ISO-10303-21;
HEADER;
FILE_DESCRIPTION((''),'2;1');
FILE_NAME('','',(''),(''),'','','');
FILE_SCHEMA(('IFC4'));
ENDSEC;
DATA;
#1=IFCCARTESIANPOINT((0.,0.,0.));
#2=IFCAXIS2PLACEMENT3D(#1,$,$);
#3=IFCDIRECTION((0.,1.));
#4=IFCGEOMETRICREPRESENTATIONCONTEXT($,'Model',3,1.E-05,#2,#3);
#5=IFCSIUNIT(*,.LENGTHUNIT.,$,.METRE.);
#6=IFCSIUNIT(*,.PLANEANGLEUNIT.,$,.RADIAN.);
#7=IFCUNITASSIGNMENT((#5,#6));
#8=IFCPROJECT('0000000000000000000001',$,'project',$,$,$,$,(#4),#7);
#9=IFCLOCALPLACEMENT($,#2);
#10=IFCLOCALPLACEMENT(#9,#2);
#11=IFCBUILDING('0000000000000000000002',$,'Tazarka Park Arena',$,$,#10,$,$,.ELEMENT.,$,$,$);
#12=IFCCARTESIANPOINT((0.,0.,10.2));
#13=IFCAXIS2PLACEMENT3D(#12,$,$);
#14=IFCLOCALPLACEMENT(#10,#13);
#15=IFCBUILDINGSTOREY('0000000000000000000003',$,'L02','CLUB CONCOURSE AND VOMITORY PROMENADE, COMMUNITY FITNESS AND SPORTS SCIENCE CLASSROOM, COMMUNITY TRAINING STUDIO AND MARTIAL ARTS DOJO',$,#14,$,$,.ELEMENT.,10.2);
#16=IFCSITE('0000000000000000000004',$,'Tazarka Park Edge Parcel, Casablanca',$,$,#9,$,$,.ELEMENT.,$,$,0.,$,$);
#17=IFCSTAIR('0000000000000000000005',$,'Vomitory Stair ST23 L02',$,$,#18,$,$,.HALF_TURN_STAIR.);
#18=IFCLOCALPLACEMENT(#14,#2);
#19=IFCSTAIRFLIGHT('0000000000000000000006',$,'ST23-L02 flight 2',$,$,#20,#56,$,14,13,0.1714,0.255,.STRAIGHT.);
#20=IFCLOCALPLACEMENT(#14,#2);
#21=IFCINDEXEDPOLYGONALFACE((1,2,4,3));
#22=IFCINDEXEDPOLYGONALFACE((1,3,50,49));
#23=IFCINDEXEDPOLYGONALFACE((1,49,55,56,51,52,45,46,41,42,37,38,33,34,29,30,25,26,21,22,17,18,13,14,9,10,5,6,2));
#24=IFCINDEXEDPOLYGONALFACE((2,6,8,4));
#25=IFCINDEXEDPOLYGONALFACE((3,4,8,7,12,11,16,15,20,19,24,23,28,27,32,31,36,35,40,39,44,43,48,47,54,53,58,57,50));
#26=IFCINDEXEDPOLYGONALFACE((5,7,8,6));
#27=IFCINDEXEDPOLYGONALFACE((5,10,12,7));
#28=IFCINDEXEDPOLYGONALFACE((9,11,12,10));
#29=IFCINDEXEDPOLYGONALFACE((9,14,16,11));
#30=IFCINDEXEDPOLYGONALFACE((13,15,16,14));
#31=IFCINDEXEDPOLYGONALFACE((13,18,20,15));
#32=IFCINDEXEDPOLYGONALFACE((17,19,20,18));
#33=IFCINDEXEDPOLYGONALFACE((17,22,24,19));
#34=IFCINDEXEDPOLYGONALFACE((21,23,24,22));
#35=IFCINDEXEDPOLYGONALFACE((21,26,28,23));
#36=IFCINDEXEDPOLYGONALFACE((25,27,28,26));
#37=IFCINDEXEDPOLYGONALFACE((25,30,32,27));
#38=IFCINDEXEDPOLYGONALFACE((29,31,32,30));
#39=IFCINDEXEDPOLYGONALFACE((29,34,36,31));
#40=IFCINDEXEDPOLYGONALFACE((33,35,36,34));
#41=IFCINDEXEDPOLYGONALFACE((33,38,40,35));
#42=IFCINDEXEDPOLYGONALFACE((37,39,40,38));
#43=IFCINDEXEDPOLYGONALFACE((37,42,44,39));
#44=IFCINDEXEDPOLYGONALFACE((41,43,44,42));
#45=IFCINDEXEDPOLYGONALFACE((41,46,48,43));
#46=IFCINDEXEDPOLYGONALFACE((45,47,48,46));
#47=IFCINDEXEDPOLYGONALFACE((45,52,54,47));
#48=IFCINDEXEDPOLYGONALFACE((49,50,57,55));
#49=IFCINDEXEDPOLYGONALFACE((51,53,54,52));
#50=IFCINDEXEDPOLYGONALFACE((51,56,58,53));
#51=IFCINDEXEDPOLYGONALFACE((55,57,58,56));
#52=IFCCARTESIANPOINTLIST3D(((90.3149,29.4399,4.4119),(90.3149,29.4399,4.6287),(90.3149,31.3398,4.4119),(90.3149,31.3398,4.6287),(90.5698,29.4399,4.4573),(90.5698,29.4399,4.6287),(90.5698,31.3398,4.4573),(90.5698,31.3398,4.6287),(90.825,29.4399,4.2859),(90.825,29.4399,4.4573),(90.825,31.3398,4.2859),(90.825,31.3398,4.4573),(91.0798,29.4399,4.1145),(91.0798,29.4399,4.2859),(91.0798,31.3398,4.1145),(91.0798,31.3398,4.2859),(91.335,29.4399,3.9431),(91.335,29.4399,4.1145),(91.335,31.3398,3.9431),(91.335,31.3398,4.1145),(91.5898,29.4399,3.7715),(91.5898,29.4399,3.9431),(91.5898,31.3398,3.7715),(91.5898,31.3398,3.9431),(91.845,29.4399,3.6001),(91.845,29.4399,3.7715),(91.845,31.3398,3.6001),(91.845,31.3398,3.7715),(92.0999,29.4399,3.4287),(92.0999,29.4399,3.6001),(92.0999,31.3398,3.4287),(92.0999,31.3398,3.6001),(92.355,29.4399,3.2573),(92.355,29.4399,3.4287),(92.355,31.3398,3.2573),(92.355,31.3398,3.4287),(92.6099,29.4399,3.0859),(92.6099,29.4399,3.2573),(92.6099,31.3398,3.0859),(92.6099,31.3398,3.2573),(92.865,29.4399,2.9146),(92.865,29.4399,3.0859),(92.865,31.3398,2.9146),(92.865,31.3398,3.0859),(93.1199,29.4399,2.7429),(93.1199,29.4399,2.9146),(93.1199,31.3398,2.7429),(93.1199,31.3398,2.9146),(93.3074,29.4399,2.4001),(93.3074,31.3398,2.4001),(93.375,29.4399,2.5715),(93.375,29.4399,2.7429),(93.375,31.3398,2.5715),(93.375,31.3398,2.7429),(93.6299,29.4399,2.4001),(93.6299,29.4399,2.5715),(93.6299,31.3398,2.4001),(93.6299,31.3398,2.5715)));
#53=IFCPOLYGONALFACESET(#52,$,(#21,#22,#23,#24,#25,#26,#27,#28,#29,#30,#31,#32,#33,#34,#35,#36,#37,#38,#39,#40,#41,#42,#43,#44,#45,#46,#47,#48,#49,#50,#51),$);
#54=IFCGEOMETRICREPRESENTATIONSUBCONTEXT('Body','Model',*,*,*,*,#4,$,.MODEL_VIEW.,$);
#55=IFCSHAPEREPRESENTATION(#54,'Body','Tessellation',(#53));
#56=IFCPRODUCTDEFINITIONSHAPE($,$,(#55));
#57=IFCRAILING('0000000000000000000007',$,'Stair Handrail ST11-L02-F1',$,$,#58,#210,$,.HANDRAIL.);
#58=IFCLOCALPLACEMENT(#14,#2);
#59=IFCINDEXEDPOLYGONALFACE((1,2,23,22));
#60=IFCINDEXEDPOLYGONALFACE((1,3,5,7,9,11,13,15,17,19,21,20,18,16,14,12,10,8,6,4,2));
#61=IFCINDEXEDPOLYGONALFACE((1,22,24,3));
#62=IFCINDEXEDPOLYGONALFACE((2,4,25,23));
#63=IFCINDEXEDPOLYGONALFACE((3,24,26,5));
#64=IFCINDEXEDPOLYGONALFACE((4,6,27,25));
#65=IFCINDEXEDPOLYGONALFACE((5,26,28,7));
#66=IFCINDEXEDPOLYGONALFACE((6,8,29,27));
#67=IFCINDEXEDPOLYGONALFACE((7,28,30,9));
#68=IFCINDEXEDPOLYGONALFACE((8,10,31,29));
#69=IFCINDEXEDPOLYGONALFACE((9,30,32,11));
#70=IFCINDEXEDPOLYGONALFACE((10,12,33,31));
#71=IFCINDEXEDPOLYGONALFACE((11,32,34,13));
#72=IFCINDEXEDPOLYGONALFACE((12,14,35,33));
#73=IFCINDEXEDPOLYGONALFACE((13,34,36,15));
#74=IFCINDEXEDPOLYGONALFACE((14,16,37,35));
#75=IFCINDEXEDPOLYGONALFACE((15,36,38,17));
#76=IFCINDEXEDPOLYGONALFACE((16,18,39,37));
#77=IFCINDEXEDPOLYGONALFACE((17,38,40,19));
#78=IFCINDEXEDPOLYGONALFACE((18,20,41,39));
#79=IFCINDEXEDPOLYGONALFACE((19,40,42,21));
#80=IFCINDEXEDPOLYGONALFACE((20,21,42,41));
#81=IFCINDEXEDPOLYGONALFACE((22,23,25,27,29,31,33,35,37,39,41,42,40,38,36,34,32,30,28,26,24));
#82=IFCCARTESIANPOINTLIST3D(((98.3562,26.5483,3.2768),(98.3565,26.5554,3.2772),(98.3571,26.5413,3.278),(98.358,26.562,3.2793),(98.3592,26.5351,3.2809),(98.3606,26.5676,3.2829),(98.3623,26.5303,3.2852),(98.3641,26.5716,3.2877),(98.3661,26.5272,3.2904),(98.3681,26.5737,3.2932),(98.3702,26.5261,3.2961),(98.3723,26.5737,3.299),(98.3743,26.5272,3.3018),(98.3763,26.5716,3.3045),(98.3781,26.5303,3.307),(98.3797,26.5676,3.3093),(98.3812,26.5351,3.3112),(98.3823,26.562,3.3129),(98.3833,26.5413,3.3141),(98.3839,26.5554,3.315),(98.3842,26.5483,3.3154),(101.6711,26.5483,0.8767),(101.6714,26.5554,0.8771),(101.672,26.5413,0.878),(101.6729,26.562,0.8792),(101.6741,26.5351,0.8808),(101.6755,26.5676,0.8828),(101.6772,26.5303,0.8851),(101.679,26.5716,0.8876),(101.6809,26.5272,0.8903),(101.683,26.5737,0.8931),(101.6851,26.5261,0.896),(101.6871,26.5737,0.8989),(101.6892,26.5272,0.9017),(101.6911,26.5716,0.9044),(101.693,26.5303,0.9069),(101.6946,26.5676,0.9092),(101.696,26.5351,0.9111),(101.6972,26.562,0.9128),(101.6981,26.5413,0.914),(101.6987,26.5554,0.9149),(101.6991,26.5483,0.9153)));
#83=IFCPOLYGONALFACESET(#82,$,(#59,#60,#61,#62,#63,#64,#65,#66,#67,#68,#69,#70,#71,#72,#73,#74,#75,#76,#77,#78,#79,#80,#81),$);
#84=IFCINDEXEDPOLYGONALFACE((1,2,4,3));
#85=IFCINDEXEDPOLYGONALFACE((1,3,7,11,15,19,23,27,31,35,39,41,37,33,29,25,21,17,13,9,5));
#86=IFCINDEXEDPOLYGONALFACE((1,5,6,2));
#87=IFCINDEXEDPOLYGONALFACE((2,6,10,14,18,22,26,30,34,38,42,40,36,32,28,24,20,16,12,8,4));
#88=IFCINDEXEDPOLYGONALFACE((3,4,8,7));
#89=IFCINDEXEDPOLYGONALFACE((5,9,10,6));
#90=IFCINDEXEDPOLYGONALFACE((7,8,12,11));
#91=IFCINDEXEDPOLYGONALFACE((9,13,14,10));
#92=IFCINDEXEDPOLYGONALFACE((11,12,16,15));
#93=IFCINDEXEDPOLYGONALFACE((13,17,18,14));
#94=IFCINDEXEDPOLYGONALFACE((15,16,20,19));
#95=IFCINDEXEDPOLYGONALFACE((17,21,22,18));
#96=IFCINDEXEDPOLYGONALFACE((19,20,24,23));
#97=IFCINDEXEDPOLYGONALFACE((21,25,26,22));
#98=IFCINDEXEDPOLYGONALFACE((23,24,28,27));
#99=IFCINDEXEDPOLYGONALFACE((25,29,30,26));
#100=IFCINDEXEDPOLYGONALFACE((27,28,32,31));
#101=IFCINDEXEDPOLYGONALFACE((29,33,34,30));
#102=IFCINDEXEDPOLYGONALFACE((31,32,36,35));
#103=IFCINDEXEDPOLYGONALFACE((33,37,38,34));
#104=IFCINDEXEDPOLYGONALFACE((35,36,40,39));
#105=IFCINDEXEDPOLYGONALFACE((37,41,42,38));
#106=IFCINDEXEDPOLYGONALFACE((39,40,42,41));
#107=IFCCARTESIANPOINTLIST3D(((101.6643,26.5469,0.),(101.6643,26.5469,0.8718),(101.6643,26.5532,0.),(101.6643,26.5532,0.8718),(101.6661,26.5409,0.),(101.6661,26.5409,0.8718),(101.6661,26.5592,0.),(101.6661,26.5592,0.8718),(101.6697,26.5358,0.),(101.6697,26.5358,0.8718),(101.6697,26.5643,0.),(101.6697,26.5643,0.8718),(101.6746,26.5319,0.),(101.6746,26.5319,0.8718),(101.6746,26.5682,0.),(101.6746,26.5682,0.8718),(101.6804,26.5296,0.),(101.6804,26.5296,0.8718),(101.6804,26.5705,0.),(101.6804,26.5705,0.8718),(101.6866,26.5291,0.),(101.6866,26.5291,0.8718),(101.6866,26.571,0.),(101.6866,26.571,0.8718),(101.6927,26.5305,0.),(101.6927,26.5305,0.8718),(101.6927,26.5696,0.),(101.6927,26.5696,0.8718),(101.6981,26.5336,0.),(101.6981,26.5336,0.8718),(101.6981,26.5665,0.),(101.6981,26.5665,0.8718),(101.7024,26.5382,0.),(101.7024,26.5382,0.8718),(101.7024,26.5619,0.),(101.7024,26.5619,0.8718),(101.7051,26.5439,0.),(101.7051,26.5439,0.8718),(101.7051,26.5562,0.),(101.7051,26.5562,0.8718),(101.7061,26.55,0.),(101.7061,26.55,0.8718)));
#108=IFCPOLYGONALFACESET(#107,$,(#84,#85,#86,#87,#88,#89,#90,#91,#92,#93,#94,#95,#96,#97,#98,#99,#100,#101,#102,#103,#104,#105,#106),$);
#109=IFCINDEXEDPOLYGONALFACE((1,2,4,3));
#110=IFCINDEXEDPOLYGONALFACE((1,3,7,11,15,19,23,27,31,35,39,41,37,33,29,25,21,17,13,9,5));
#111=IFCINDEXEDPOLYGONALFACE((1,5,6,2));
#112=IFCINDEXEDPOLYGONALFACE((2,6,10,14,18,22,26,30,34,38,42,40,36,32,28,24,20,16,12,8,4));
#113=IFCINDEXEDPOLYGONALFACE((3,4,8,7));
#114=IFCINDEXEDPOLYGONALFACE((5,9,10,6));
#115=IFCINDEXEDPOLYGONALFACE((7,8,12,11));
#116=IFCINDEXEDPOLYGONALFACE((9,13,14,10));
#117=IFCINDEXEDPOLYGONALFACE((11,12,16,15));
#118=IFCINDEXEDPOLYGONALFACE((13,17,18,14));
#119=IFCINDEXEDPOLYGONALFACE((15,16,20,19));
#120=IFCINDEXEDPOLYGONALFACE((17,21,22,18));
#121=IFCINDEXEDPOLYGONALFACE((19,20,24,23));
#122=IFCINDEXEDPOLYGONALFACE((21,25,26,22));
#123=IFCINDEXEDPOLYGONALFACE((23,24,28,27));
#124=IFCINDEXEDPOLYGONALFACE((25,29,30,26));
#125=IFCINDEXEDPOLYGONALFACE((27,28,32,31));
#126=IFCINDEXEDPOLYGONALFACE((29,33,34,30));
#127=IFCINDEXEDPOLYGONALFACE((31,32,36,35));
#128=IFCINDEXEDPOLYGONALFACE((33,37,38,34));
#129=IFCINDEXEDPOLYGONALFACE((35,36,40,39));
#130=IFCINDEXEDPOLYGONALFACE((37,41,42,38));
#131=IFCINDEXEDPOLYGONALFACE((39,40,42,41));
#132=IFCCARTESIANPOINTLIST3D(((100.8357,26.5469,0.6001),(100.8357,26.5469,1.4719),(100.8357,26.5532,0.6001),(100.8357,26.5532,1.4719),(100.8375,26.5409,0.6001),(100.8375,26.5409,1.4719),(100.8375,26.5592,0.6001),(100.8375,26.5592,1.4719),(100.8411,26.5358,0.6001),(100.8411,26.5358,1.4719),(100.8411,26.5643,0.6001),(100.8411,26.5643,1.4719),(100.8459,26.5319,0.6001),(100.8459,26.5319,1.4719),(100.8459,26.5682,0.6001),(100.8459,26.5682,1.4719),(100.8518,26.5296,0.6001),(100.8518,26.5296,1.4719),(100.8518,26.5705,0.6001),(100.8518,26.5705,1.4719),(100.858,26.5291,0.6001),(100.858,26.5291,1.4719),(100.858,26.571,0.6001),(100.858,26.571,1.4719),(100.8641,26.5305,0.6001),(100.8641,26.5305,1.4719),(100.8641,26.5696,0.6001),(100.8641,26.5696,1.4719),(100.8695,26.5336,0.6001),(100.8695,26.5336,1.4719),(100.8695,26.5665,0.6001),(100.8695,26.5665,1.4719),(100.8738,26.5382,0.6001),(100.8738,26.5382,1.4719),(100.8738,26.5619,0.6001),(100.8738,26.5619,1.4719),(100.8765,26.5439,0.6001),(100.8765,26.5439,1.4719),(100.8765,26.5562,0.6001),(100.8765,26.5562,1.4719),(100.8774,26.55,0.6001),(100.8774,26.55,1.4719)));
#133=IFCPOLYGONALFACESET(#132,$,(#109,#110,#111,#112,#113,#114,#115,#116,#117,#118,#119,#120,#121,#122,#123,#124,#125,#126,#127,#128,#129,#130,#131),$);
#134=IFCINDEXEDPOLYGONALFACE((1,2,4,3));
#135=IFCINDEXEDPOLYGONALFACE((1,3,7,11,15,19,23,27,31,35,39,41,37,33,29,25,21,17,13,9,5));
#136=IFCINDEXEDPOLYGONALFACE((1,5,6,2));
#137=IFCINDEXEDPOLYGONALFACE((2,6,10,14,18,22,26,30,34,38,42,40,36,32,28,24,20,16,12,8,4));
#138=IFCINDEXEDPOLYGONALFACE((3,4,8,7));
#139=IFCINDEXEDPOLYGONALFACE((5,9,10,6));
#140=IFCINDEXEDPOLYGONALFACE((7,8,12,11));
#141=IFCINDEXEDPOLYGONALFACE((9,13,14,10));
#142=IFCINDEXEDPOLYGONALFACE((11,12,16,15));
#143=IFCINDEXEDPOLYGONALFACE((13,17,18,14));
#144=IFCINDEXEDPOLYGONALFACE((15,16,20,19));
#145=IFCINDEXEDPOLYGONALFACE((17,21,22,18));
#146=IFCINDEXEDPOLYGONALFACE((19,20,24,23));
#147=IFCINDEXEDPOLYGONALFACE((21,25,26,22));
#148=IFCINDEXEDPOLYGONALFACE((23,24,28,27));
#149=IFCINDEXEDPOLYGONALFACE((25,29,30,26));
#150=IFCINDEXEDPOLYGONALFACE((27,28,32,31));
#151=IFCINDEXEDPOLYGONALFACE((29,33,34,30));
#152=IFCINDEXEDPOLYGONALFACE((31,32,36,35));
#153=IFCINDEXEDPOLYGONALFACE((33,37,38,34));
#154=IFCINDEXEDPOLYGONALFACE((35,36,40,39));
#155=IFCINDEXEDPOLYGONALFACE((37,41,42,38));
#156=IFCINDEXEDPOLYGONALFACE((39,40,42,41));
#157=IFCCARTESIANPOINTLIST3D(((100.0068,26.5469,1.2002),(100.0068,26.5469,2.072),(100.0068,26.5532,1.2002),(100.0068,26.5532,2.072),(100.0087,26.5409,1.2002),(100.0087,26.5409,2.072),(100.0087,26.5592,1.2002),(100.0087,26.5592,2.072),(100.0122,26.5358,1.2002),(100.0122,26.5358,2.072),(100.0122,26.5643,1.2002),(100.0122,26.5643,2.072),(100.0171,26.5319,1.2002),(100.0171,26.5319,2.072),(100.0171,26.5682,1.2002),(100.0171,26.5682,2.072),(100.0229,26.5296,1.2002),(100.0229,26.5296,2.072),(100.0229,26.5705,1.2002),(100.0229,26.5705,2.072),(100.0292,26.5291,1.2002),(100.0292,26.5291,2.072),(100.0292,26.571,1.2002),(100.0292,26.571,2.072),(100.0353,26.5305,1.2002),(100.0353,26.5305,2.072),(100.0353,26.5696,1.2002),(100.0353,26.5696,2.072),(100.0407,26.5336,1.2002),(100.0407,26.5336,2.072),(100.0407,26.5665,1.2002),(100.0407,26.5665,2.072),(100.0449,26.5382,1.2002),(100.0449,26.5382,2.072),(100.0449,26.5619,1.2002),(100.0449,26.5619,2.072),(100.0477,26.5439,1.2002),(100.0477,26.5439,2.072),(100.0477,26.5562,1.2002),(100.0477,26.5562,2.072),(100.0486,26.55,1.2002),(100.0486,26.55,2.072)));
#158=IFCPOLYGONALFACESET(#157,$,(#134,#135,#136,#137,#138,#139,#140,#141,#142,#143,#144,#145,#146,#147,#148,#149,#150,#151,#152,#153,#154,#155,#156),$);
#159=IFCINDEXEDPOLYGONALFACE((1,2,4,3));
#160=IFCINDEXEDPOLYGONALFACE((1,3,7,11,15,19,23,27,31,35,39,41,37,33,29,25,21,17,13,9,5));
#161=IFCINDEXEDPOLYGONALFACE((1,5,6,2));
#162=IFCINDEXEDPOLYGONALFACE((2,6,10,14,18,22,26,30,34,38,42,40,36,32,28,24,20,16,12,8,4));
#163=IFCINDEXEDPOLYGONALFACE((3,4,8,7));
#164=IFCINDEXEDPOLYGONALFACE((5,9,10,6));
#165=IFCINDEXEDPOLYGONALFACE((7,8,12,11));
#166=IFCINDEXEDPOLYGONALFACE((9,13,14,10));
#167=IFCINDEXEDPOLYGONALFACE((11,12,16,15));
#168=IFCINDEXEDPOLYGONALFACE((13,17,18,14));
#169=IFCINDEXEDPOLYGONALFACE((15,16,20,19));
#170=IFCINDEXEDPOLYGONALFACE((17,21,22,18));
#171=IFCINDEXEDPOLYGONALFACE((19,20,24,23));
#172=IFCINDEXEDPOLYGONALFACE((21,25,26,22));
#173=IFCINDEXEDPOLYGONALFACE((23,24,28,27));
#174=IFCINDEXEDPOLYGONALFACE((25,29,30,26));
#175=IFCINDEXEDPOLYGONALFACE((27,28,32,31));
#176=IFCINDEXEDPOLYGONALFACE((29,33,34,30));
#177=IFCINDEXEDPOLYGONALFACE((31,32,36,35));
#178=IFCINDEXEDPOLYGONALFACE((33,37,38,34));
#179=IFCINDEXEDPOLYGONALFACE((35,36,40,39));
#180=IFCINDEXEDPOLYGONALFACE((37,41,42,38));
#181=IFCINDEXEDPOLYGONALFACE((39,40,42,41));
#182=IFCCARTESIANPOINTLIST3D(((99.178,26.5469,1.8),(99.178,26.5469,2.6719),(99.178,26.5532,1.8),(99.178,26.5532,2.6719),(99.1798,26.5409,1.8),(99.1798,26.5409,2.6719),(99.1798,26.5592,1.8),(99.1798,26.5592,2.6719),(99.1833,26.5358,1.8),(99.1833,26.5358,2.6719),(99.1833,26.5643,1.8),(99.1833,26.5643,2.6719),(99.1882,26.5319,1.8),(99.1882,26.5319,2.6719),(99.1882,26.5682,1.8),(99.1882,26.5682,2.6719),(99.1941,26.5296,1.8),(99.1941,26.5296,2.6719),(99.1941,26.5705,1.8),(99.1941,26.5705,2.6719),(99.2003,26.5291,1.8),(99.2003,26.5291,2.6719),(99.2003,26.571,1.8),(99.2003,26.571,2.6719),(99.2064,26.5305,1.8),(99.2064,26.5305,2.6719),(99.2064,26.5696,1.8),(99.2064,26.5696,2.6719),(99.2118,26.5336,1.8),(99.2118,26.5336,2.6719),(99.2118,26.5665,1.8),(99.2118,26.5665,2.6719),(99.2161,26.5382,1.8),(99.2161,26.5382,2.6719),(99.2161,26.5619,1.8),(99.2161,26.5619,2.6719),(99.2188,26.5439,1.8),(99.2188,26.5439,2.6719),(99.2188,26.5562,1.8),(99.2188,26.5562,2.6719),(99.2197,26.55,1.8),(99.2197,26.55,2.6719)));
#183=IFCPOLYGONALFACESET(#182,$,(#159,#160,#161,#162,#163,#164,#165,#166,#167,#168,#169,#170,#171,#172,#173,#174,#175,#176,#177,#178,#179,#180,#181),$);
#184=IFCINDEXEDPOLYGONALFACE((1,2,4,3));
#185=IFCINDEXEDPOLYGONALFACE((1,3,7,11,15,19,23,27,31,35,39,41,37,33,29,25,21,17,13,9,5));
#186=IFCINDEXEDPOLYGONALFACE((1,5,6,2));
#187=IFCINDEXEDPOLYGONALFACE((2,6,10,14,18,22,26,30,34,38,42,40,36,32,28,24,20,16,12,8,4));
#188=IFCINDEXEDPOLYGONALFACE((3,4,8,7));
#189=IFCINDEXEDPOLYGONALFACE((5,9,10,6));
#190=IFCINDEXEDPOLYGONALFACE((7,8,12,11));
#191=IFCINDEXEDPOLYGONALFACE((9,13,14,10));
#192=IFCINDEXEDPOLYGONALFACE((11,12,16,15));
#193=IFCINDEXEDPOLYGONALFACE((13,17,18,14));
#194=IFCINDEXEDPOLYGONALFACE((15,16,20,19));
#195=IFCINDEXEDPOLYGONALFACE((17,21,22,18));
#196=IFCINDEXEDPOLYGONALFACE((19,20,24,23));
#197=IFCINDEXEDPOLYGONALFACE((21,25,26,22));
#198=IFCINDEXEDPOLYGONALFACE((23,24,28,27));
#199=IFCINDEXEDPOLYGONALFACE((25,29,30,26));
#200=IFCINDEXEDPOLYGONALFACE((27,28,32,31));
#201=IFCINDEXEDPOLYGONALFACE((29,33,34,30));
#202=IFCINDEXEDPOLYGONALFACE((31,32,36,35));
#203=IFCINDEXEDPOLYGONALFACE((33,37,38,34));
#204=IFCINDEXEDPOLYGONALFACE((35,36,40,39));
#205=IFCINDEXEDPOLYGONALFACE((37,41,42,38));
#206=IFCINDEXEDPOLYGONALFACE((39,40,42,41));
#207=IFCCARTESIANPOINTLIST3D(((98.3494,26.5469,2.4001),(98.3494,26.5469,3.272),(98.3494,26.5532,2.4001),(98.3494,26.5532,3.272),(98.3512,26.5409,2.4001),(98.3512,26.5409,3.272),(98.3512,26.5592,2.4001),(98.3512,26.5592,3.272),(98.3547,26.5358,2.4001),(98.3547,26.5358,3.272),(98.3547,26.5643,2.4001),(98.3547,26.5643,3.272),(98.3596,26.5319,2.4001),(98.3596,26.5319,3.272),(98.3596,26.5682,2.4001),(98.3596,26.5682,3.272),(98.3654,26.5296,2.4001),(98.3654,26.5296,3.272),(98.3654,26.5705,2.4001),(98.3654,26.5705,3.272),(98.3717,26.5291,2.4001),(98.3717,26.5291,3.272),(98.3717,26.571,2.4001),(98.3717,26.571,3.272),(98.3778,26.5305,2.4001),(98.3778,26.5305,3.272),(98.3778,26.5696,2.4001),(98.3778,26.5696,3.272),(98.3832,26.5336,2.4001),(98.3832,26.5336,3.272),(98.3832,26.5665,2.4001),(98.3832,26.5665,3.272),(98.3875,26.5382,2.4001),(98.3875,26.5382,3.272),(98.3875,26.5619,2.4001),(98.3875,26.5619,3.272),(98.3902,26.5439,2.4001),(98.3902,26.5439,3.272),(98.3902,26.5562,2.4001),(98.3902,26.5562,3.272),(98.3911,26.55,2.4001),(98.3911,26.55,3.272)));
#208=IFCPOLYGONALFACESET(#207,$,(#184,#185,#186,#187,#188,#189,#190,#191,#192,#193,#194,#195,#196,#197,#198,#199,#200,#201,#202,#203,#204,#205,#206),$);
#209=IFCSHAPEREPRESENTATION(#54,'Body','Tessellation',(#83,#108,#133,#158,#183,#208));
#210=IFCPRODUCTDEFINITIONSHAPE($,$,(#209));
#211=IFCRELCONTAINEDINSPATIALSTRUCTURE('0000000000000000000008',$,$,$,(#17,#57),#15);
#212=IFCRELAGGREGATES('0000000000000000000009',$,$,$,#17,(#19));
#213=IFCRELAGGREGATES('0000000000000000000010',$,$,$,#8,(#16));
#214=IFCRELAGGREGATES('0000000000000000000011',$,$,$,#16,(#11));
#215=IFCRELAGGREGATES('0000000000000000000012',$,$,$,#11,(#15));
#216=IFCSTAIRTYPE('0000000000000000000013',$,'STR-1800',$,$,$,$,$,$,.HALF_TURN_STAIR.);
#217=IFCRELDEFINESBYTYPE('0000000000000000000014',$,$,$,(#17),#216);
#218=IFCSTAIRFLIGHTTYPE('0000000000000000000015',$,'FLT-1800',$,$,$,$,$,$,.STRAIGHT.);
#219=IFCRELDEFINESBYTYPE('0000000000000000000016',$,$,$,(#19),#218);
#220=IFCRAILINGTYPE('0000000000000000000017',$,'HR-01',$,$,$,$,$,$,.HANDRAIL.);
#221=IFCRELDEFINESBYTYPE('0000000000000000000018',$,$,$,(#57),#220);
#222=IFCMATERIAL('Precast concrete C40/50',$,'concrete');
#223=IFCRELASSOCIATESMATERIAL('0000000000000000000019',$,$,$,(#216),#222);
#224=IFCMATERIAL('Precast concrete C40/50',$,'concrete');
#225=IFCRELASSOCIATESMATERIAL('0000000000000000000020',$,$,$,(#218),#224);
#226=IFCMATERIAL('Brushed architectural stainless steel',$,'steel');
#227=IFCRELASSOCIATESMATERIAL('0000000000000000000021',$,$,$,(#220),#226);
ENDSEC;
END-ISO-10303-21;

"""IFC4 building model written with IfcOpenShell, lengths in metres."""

from ifc_helpers import new_model, si_unit, direction, frame, origin, origin_2d, place, context, subcontext, project, spatial, polyline, circle, outline, extrude, material, type_object, element, aggregate, save


model = new_model("IFC4")

# Units and contexts
model_context = context("Model", 3, precision=1e-05, world=origin(), true_north=direction((0.0, 1.0)))
body_context = subcontext(model_context, "Body", "Model", "MODEL_VIEW")
ifc_project = project(units=[si_unit("LENGTHUNIT", "METRE"), si_unit("PLANEANGLEUNIT", "RADIAN")], contexts=[model_context])

# Site, building, storey
site_placement = place(None, origin())
site = spatial("IfcSite", under=ifc_project, at=site_placement, Name="Tazarka Park Edge Parcel, Casablanca", CompositionType="ELEMENT", RefElevation=0.0)
building_placement = place(site_placement, origin())
building = spatial("IfcBuilding", under=site, at=building_placement, Name="Tazarka Park Arena", CompositionType="ELEMENT")
storey_placement = place(building_placement, frame((0.0, 0.0, 10.2)))
storey = spatial("IfcBuildingStorey", under=building, at=storey_placement, Name="L02", Description="CLUB CONCOURSE AND VOMITORY PROMENADE, COMMUNITY FITNESS AND SPORTS SCIENCE CLASSROOM, COMMUNITY TRAINING STUDIO AND MARTIAL ARTS DOJO", CompositionType="ELEMENT", Elevation=10.2)

# Stair, stair flight
ifc_material_1 = material(Name="Precast concrete C40/50", Category="concrete")
stair_type_1 = type_object("IfcStairType", Name="STR-1800", PredefinedType="HALF_TURN_STAIR", material=ifc_material_1)
stair_1_placement = place(storey_placement, origin())
stair_1 = element("IfcStair", 1, at=stair_1_placement, inside=storey, type_object=stair_type_1, Name="Vomitory Stair ST23 L02", PredefinedType="HALF_TURN_STAIR")
ifc_material_2 = material(Name="Precast concrete C40/50", Category="concrete")
stair_flight_type_1 = type_object("IfcStairFlightType", Name="FLT-1800", PredefinedType="STRAIGHT", material=ifc_material_2)
stair_flight_1_placement = place(storey_placement, frame((93.6299, 30.3899, 2.4001), z_axis=(0.0, 0.0, 1.0), x_axis=(-1.0, 0.0, 0.0)))
stair_flight_1 = element("IfcStairFlight", 2, at=stair_flight_1_placement, type_object=stair_flight_type_1, Name="ST23-L02 flight 2", NumberOfRisers=14, NumberOfTreads=13, PredefinedType="STRAIGHT", RiserHeight=0.1714, TreadLength=0.255, context=body_context, shape_type="SweptSolid", body=[
    extrude(outline(polyline([(0.0, 0.0), (0.0, 0.1714), (0.2549, 0.1714), (0.2549, 0.3428), (0.51, 0.3428), (0.51, 0.5144), (0.7649, 0.5144), (0.7649, 0.6858), (1.02, 0.6858), (1.02, 0.8572), (1.2749, 0.8572), (1.2749, 1.0286), (1.53, 1.0286), (1.53, 1.2), (1.7849, 1.2), (1.7849, 1.3713), (2.04, 1.3713), (2.04, 1.543), (2.2949, 1.543), (2.2949, 1.7144), (2.55, 1.7144), (2.55, 1.8857), (2.8049, 1.8857), (2.8049, 2.0571), (3.0601, 2.0571), (3.0601, 2.2285), (3.3149, 2.2285), (3.3149, 2.3999), (3.3149, 2.0117), (0.3225, 0.0), (0.0, 0.0)])), frame((0.0, 0.95, 0.0), z_axis=(0.0, -1.0, 0.0), x_axis=(1.0, 0.0, 0.0)), (0.0, 0.0, 1.0), 1.8999),
])
aggregate(stair_1, [stair_flight_1])

# Railing
ifc_material_3 = material(Name="Brushed architectural stainless steel", Category="steel")
railing_type_1 = type_object("IfcRailingType", Name="HR-01", PredefinedType="HANDRAIL", material=ifc_material_3)
railing_1_placement = place(storey_placement, frame((101.6851, 26.55, 0.0)))
element("IfcRailing", 3, at=railing_1_placement, inside=storey, type_object=railing_type_1, Name="Stair Handrail ST11-L02-F1", PredefinedType="HANDRAIL", context=body_context, shape_type="SweptSolid", body=[
    extrude(circle(Radius=0.0239, at=origin_2d()), frame((0.0, 0.0, 0.896), z_axis=(-0.80998, 0.0, 0.586457), x_axis=(0.0, -1.0, 0.0)), (0.0, 0.0, 1.0), 4.0925),
    extrude(circle(Radius=0.021, at=origin_2d()), origin(), (0.0, 0.0, 1.0), 0.8718),
    extrude(circle(Radius=0.021, at=origin_2d()), frame((-0.8286, 0.0, 0.6001)), (0.0, 0.0, 1.0), 0.8718),
    extrude(circle(Radius=0.021, at=origin_2d()), frame((-1.6575, 0.0, 1.2002)), (0.0, 0.0, 1.0), 0.8718),
    extrude(circle(Radius=0.021, at=origin_2d()), frame((-2.4863, 0.0, 1.8)), (0.0, 0.0, 1.0), 0.8718),
    extrude(circle(Radius=0.021, at=origin_2d()), frame((-3.3149, 0.0, 2.4001)), (0.0, 0.0, 1.0), 0.8718),
])

save(model, "model.ifc")
